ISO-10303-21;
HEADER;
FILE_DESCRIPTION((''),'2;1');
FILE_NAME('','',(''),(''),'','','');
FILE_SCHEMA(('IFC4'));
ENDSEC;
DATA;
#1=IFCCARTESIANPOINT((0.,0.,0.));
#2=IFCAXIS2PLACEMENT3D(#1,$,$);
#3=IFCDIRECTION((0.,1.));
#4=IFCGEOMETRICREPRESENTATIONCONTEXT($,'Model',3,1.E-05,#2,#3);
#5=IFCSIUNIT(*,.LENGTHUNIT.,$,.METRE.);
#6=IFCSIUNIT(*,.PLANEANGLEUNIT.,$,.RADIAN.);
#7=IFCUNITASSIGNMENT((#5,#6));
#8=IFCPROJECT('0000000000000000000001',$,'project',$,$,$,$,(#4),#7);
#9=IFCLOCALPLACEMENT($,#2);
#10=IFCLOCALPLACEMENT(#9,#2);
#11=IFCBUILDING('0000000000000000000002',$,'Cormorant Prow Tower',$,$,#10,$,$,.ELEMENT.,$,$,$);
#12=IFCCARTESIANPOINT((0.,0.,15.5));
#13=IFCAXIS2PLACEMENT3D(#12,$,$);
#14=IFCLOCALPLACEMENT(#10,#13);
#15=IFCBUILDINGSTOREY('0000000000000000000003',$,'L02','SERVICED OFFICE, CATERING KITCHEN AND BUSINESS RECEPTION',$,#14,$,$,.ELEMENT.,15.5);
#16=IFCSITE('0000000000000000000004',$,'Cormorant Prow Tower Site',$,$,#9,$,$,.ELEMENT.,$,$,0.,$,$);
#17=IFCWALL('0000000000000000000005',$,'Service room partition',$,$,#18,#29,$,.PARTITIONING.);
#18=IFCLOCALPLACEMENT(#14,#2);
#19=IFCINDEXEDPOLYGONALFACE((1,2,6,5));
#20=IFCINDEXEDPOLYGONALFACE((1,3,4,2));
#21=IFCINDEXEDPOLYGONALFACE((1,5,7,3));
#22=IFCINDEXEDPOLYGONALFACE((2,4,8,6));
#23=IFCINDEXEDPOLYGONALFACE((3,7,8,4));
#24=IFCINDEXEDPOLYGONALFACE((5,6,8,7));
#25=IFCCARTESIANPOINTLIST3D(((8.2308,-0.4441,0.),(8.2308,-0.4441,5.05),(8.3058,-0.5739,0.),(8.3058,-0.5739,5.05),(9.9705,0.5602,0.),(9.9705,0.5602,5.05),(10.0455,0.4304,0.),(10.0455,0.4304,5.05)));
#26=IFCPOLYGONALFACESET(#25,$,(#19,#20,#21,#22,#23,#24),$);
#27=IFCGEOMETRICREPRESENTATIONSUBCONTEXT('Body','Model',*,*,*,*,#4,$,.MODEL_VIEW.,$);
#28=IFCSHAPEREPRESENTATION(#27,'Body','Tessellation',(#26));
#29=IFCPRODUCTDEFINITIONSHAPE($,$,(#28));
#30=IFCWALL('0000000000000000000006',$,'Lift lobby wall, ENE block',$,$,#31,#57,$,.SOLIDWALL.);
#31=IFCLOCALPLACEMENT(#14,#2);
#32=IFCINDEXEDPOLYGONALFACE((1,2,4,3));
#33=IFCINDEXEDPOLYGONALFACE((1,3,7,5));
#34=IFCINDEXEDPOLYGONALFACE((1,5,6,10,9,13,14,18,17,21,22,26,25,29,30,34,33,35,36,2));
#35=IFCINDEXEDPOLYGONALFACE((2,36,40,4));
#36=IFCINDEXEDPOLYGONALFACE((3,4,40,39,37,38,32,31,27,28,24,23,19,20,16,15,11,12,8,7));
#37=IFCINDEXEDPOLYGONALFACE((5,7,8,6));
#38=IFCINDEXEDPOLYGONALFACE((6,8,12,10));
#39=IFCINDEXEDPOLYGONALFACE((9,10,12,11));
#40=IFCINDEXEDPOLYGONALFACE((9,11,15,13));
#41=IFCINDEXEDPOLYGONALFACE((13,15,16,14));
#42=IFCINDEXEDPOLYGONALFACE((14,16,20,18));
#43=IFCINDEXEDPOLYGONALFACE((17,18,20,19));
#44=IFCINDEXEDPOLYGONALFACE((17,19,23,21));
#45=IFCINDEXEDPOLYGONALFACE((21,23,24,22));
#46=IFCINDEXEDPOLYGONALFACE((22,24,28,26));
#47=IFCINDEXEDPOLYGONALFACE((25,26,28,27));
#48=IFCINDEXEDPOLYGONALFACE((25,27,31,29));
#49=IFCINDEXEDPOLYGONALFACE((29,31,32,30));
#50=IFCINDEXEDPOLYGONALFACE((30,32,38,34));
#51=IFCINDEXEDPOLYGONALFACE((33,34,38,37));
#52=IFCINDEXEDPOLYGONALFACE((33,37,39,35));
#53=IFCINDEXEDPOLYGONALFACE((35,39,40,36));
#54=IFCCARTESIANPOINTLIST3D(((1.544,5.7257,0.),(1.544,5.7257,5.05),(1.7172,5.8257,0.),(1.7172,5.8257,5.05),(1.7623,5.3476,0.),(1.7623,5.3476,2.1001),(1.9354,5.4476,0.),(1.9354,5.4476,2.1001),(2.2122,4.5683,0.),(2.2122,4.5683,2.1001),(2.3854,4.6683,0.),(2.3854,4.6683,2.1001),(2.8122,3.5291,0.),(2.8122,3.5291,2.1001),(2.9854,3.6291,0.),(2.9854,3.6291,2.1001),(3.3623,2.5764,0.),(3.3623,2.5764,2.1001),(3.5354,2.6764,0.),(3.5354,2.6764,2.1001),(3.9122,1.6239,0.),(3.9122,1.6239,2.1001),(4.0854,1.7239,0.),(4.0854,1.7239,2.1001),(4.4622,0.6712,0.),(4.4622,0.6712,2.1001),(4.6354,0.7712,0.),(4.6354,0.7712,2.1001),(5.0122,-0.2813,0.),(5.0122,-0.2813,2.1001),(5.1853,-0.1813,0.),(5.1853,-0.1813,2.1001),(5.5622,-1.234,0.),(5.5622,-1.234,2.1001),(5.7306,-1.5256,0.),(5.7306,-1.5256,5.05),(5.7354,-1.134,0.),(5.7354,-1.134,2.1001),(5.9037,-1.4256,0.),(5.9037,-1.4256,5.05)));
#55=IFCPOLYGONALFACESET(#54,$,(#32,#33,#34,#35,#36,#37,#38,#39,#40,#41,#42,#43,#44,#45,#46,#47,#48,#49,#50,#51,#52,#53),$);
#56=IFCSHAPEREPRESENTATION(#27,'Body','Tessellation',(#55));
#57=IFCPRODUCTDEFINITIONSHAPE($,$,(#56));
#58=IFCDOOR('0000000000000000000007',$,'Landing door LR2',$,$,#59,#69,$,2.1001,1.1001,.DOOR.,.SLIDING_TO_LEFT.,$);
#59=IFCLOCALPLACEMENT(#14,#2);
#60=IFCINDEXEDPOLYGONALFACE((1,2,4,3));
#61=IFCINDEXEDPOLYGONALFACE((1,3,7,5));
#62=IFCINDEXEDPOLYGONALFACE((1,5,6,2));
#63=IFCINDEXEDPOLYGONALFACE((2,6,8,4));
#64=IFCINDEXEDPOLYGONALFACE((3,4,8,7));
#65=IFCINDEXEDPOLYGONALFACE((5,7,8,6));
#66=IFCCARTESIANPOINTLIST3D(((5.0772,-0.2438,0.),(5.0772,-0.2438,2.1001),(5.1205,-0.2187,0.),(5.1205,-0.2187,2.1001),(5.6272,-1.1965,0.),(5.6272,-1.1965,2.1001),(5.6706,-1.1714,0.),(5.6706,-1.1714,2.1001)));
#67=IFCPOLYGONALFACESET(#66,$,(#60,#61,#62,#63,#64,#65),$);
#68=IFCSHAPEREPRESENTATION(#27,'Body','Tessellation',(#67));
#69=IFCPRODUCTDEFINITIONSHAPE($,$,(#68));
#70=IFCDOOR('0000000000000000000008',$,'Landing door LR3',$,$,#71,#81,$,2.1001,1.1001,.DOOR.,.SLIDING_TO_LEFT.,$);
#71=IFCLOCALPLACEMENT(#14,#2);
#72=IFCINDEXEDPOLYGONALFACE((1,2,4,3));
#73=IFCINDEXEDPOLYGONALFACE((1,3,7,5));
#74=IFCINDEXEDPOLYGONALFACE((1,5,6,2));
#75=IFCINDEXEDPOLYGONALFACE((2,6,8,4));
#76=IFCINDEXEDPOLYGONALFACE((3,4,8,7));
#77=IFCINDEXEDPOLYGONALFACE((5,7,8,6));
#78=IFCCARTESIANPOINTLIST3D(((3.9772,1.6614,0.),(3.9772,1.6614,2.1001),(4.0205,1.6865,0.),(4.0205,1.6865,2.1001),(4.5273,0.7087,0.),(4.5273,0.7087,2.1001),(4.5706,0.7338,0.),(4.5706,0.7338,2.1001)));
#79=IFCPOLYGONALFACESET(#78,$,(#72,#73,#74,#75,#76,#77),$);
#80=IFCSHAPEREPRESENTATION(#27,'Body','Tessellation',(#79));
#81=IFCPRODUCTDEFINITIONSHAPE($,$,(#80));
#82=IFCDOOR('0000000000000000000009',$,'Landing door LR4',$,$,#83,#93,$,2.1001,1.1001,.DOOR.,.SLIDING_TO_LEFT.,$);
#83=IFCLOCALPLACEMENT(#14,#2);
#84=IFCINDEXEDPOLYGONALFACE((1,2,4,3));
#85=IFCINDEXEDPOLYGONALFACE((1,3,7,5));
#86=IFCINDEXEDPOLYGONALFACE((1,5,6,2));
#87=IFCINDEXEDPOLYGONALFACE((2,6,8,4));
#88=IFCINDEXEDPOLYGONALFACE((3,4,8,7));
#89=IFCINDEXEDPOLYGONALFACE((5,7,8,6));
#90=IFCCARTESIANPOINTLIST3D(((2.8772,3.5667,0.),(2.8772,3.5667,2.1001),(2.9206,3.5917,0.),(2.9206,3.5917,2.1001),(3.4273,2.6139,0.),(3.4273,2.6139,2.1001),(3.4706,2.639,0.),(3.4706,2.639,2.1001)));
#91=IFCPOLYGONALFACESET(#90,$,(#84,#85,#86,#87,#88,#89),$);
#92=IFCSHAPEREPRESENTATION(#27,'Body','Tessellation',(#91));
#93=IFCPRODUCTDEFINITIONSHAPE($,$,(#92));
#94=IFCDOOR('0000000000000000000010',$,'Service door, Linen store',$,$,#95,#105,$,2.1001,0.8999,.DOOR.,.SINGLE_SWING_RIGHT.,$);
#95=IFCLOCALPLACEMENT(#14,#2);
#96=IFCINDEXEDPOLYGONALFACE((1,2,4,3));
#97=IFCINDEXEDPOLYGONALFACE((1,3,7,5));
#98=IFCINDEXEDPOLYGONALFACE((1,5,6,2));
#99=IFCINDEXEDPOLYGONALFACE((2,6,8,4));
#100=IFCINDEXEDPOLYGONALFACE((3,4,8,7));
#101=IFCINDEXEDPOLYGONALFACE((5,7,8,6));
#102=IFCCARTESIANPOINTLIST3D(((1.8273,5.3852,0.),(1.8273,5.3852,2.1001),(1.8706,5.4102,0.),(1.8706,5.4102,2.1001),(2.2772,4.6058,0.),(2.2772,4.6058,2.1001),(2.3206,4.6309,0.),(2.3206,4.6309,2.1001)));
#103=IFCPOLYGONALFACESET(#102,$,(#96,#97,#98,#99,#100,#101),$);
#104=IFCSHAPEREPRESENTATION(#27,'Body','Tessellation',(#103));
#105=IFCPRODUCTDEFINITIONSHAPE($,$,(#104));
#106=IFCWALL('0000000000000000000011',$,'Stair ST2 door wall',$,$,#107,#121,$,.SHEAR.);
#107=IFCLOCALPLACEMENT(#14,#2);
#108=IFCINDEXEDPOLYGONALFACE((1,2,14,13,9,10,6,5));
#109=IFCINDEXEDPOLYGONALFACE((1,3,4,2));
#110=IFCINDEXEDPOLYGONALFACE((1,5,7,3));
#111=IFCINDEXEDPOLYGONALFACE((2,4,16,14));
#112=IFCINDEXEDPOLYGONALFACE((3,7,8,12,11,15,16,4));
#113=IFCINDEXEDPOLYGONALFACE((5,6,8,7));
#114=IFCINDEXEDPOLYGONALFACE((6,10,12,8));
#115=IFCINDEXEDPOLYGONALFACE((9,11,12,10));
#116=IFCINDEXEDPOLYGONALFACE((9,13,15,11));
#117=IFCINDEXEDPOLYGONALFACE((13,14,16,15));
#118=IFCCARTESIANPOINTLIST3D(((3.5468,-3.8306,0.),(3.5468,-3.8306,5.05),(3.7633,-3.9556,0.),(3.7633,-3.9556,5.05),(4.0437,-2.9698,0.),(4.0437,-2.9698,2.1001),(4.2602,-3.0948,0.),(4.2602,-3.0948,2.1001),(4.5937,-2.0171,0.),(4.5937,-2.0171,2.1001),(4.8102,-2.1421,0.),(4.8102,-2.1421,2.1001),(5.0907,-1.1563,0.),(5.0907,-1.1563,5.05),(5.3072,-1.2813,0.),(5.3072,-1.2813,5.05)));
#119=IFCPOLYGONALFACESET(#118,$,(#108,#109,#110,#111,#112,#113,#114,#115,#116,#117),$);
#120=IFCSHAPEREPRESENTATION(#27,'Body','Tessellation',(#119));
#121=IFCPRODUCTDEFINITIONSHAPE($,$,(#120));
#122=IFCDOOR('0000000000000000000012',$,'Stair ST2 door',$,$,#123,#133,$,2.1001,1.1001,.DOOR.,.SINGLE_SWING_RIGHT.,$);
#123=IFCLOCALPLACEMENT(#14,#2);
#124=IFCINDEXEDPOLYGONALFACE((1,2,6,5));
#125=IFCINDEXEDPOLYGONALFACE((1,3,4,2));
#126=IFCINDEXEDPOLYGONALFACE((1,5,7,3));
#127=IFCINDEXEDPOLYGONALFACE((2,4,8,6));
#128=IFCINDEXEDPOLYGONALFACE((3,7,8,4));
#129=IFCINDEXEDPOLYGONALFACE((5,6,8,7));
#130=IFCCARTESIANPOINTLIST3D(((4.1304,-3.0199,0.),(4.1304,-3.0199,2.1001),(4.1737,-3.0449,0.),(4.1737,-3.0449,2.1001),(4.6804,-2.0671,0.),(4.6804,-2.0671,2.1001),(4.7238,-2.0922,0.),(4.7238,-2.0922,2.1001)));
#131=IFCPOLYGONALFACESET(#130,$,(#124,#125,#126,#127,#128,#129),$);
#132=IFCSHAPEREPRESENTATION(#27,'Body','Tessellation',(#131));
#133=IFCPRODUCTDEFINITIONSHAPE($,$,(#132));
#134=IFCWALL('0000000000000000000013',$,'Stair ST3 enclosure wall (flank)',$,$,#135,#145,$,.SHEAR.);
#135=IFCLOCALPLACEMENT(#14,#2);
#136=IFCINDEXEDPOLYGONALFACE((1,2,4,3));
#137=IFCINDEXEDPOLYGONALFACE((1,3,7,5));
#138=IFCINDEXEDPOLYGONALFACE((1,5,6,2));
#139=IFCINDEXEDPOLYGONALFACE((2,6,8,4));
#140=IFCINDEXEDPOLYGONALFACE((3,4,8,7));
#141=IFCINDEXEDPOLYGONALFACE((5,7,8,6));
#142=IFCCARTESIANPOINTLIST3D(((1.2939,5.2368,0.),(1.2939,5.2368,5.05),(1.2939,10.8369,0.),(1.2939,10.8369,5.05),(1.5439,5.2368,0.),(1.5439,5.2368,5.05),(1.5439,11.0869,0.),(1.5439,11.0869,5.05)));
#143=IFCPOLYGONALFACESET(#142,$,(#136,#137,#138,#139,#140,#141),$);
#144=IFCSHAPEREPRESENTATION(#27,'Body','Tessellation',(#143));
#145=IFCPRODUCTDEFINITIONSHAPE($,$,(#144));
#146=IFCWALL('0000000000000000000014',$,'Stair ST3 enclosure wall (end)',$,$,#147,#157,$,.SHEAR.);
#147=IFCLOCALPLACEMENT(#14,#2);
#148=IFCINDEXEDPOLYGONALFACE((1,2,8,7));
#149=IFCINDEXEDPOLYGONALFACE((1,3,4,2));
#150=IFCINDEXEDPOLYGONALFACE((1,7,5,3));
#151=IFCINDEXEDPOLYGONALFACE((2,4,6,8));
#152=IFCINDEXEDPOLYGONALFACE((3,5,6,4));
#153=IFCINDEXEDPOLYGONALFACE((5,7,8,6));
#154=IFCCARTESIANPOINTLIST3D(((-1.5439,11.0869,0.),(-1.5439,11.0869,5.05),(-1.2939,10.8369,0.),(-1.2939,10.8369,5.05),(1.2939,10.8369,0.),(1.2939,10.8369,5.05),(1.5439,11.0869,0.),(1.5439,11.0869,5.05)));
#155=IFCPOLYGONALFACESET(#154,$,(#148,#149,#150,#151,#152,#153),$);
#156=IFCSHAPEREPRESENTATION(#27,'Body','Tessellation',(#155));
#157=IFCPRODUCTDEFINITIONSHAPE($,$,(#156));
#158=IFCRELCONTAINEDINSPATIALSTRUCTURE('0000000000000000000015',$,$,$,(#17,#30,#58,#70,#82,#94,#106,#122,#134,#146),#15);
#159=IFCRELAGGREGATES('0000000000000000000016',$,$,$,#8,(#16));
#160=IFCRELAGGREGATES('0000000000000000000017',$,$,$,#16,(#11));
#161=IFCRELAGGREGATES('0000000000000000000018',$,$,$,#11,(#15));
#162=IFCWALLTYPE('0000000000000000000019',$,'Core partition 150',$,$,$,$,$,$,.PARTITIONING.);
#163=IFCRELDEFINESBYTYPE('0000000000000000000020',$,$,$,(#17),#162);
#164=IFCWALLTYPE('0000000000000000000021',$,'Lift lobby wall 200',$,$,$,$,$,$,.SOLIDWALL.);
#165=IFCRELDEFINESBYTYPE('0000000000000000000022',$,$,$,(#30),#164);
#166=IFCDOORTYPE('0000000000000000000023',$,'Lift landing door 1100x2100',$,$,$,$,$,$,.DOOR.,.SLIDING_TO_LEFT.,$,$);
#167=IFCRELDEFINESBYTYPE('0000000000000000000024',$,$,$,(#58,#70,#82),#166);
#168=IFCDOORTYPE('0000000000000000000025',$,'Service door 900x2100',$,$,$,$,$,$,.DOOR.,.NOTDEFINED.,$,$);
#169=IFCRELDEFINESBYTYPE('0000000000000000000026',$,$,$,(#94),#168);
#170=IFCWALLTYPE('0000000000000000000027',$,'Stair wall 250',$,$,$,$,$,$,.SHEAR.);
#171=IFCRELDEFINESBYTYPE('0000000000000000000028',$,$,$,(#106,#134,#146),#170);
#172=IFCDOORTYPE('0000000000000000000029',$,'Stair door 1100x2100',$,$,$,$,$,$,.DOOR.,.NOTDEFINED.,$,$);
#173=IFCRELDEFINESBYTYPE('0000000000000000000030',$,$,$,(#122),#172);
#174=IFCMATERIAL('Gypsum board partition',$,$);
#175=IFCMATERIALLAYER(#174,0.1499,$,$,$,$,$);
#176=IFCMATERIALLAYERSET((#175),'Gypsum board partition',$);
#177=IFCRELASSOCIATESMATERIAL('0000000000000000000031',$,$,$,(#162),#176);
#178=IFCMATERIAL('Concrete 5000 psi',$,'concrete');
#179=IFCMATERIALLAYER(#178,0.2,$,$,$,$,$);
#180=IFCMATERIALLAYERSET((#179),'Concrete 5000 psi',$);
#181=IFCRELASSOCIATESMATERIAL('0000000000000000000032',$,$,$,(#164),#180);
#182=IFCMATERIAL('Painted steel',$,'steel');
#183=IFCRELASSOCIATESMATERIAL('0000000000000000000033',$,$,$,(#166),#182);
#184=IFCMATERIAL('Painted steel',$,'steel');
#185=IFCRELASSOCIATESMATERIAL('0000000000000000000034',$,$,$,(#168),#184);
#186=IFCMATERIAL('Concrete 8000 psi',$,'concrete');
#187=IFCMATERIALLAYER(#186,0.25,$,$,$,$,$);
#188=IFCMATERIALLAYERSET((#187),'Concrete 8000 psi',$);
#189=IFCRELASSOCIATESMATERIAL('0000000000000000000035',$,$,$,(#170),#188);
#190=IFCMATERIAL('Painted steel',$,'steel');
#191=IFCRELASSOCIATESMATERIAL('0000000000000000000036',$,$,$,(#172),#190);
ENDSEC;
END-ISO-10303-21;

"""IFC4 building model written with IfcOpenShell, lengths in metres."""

from ifc_helpers import new_model, si_unit, direction, frame, frame_2d, origin, place, context, subcontext, project, spatial, polyline, rectangle, outline, extrude, material, layer, layer_set, type_object, element, fill, save


model = new_model("IFC4")

# Units and contexts
model_context = context("Model", 3, precision=1e-05, world=origin(), true_north=direction((0.0, 1.0)))
body_context = subcontext(model_context, "Body", "Model", "MODEL_VIEW")
ifc_project = project(units=[si_unit("LENGTHUNIT", "METRE"), si_unit("PLANEANGLEUNIT", "RADIAN")], contexts=[model_context])

# Site, building, storey
site_placement = place(None, origin())
site = spatial("IfcSite", under=ifc_project, at=site_placement, Name="Cormorant Prow Tower Site", CompositionType="ELEMENT", RefElevation=0.0)
building_placement = place(site_placement, origin())
building = spatial("IfcBuilding", under=site, at=building_placement, Name="Cormorant Prow Tower", CompositionType="ELEMENT")
storey_placement = place(building_placement, frame((0.0, 0.0, 15.5)))
storey = spatial("IfcBuildingStorey", under=building, at=storey_placement, Name="L02", Description="SERVICED OFFICE, CATERING KITCHEN AND BUSINESS RECEPTION", CompositionType="ELEMENT", Elevation=15.5)

# Wall
ifc_material_1 = material(Name="Gypsum board partition")
ifc_layer_1 = layer(ifc_material_1, 0.1499)
ifc_layer_set_1 = layer_set([ifc_layer_1], Name="Gypsum board partition")
wall_type_1 = type_object("IfcWallType", Name="Core partition 150", PredefinedType="PARTITIONING", material=ifc_layer_set_1)
wall_1_placement = place(storey_placement, frame((8.2683, -0.509, 0.0), z_axis=(0.0, 0.0, 1.0), x_axis=(0.866036, 0.499982, 0.0)))
element("IfcWall", 1, at=wall_1_placement, inside=storey, type_object=wall_type_1, Name="Service room partition", PredefinedType="PARTITIONING", context=body_context, shape_type="SweptSolid", body=[
    extrude(rectangle(XDim=2.0088, YDim=0.1499, at=frame_2d((1.0044, 0.0))), origin(), (0.0, 0.0, 1.0), 5.05),
])

# Wall, openings, doors
ifc_material_2 = material(Name="Concrete 5000 psi", Category="concrete")
ifc_layer_2 = layer(ifc_material_2, 0.2)
ifc_layer_set_2 = layer_set([ifc_layer_2], Name="Concrete 5000 psi")
wall_type_2 = type_object("IfcWallType", Name="Lift lobby wall 200", PredefinedType="SOLIDWALL", material=ifc_layer_set_2)
wall_2_placement = place(storey_placement, frame((5.8171, -1.4756, 0.0), z_axis=(0.0, 0.0, 1.0), x_axis=(-0.500003, 0.866024, 0.0)))
wall_2 = element("IfcWall", 2, at=wall_2_placement, inside=storey, type_object=wall_type_2, Name="Lift lobby wall, ENE block", PredefinedType="SOLIDWALL", context=body_context, shape_type="SweptSolid", body=[
    extrude(rectangle(XDim=8.373, YDim=0.2, at=frame_2d((4.1865, 0.0))), origin(), (0.0, 0.0, 1.0), 5.05),
])
opening_1_placement = place(wall_2_placement, frame((0.3367, 0.0, 0.0)))
opening_1 = element("IfcOpeningElement", 3, at=opening_1_placement, cuts=wall_2, PredefinedType="OPENING", context=body_context, shape_type="SweptSolid", body=[
    extrude(rectangle(XDim=1.1001, YDim=2.1001, at=frame_2d((0.55, 1.05))), frame((0.0, 0.1099, 0.0), z_axis=(0.0, -1.0, 0.0), x_axis=(1.0, 0.0, 0.0)), (0.0, 0.0, 1.0), 0.22),
])
opening_2_placement = place(wall_2_placement, frame((2.5366, 0.0, 0.0)))
opening_2 = element("IfcOpeningElement", 4, at=opening_2_placement, cuts=wall_2, PredefinedType="OPENING", context=body_context, shape_type="SweptSolid", body=[
    extrude(rectangle(XDim=1.1001, YDim=2.1001, at=frame_2d((0.55, 1.05))), frame((0.0, 0.1099, 0.0), z_axis=(0.0, -1.0, 0.0), x_axis=(1.0, 0.0, 0.0)), (0.0, 0.0, 1.0), 0.22),
])
opening_3_placement = place(wall_2_placement, frame((4.7366, 0.0, 0.0)))
opening_3 = element("IfcOpeningElement", 5, at=opening_3_placement, cuts=wall_2, PredefinedType="OPENING", context=body_context, shape_type="SweptSolid", body=[
    extrude(rectangle(XDim=1.1001, YDim=2.1001, at=frame_2d((0.55, 1.05))), frame((0.0, 0.1099, 0.0), z_axis=(0.0, -1.0, 0.0), x_axis=(1.0, 0.0, 0.0)), (0.0, 0.0, 1.0), 0.22),
])
opening_4_placement = place(wall_2_placement, frame((7.0366, 0.0, 0.0)))
opening_4 = element("IfcOpeningElement", 6, at=opening_4_placement, cuts=wall_2, PredefinedType="OPENING", context=body_context, shape_type="SweptSolid", body=[
    extrude(rectangle(XDim=0.8999, YDim=2.1001, at=frame_2d((0.45, 1.05))), frame((0.0, 0.1099, 0.0), z_axis=(0.0, -1.0, 0.0), x_axis=(1.0, 0.0, 0.0)), (0.0, 0.0, 1.0), 0.22),
])
ifc_material_3 = material(Name="Painted steel", Category="steel")
door_type_1 = type_object("IfcDoorType", Name="Lift landing door 1100x2100", OperationType="SLIDING_TO_LEFT", PredefinedType="DOOR", material=ifc_material_3)
door_1_placement = place(opening_1_placement, origin())
door_1 = element("IfcDoor", 7, at=door_1_placement, inside=storey, type_object=door_type_1, Name="Landing door LR2", OperationType="SLIDING_TO_LEFT", OverallHeight=2.1001, OverallWidth=1.1001, PredefinedType="DOOR", context=body_context, shape_type="SweptSolid", body=[
    extrude(rectangle(XDim=1.1001, YDim=2.1001, at=frame_2d((0.55, 1.05))), frame((0.0, 0.0249, 0.0), z_axis=(0.0, -1.0, 0.0), x_axis=(1.0, 0.0, 0.0)), (0.0, 0.0, 1.0), 0.05),
])
fill(opening_1, door_1)
door_2_placement = place(opening_2_placement, origin())
door_2 = element("IfcDoor", 8, at=door_2_placement, inside=storey, type_object=door_type_1, Name="Landing door LR3", OperationType="SLIDING_TO_LEFT", OverallHeight=2.1001, OverallWidth=1.1001, PredefinedType="DOOR", context=body_context, shape_type="SweptSolid", body=[
    extrude(rectangle(XDim=1.1001, YDim=2.1001, at=frame_2d((0.55, 1.05))), frame((0.0, 0.0249, 0.0), z_axis=(0.0, -1.0, 0.0), x_axis=(1.0, 0.0, 0.0)), (0.0, 0.0, 1.0), 0.05),
])
fill(opening_2, door_2)
door_3_placement = place(opening_3_placement, origin())
door_3 = element("IfcDoor", 9, at=door_3_placement, inside=storey, type_object=door_type_1, Name="Landing door LR4", OperationType="SLIDING_TO_LEFT", OverallHeight=2.1001, OverallWidth=1.1001, PredefinedType="DOOR", context=body_context, shape_type="SweptSolid", body=[
    extrude(rectangle(XDim=1.1001, YDim=2.1001, at=frame_2d((0.55, 1.05))), frame((0.0, 0.0249, 0.0), z_axis=(0.0, -1.0, 0.0), x_axis=(1.0, 0.0, 0.0)), (0.0, 0.0, 1.0), 0.05),
])
fill(opening_3, door_3)
ifc_material_4 = material(Name="Painted steel", Category="steel")
door_type_2 = type_object("IfcDoorType", Name="Service door 900x2100", OperationType="NOTDEFINED", PredefinedType="DOOR", material=ifc_material_4)
door_4_placement = place(opening_4_placement, origin())
door_4 = element("IfcDoor", 10, at=door_4_placement, inside=storey, type_object=door_type_2, Name="Service door, Linen store", OperationType="SINGLE_SWING_RIGHT", OverallHeight=2.1001, OverallWidth=0.8999, PredefinedType="DOOR", context=body_context, shape_type="SweptSolid", body=[
    extrude(rectangle(XDim=0.8999, YDim=2.1001, at=frame_2d((0.45, 1.05))), frame((0.0, 0.0249, 0.0), z_axis=(0.0, -1.0, 0.0), x_axis=(1.0, 0.0, 0.0)), (0.0, 0.0, 1.0), 0.05),
])
fill(opening_4, door_4)

# Wall, opening, door
ifc_material_5 = material(Name="Concrete 8000 psi", Category="concrete")
ifc_layer_3 = layer(ifc_material_5, 0.25)
ifc_layer_set_3 = layer_set([ifc_layer_3], Name="Concrete 8000 psi")
wall_type_3 = type_object("IfcWallType", Name="Stair wall 250", PredefinedType="SHEAR", material=ifc_layer_set_3)
wall_3_placement = place(storey_placement, frame((3.655, -3.8931, 0.0), z_axis=(0.0, 0.0, 1.0), x_axis=(0.499983, 0.866035, 0.0)))
wall_3 = element("IfcWall", 11, at=wall_3_placement, inside=storey, type_object=wall_type_3, Name="Stair ST2 door wall", PredefinedType="SHEAR", context=body_context, shape_type="SweptSolid", body=[
    extrude(rectangle(XDim=3.0879, YDim=0.25, at=frame_2d((1.5439, 0.0))), origin(), (0.0, 0.0, 1.0), 5.05),
])
opening_5_placement = place(wall_3_placement, frame((0.9939, 0.0, 0.0)))
opening_5 = element("IfcOpeningElement", 12, at=opening_5_placement, cuts=wall_3, PredefinedType="OPENING", context=body_context, shape_type="SweptSolid", body=[
    extrude(rectangle(XDim=1.1001, YDim=2.1001, at=frame_2d((0.55, 1.05))), frame((0.0, 0.135, 0.0), z_axis=(0.0, -1.0, 0.0), x_axis=(1.0, 0.0, 0.0)), (0.0, 0.0, 1.0), 0.27),
])
ifc_material_6 = material(Name="Painted steel", Category="steel")
door_type_3 = type_object("IfcDoorType", Name="Stair door 1100x2100", OperationType="NOTDEFINED", PredefinedType="DOOR", material=ifc_material_6)
door_5_placement = place(opening_5_placement, origin())
door_5 = element("IfcDoor", 13, at=door_5_placement, inside=storey, type_object=door_type_3, Name="Stair ST2 door", OperationType="SINGLE_SWING_RIGHT", OverallHeight=2.1001, OverallWidth=1.1001, PredefinedType="DOOR", context=body_context, shape_type="SweptSolid", body=[
    extrude(rectangle(XDim=1.1001, YDim=2.1001, at=frame_2d((0.55, 1.05))), frame((0.0, 0.0249, 0.0), z_axis=(0.0, -1.0, 0.0), x_axis=(1.0, 0.0, 0.0)), (0.0, 0.0, 1.0), 0.05),
])
fill(opening_5, door_5)

# Walls
wall_4_placement = place(storey_placement, origin())
element("IfcWall", 14, at=wall_4_placement, inside=storey, type_object=wall_type_3, Name="Stair ST3 enclosure wall (flank)", PredefinedType="SHEAR", context=body_context, shape_type="SweptSolid", body=[
    extrude(outline(polyline([(1.5439, 5.2368), (1.5439, 11.0869), (1.2939, 10.8369), (1.2939, 5.2368), (1.5439, 5.2368)])), origin(), (0.0, 0.0, 1.0), 5.05),
])
wall_5_placement = place(storey_placement, origin())
element("IfcWall", 15, at=wall_5_placement, inside=storey, type_object=wall_type_3, Name="Stair ST3 enclosure wall (end)", PredefinedType="SHEAR", context=body_context, shape_type="SweptSolid", body=[
    extrude(outline(polyline([(1.5439, 11.0869), (-1.5439, 11.0869), (-1.2939, 10.8369), (1.2939, 10.8369), (1.5439, 11.0869)])), origin(), (0.0, 0.0, 1.0), 5.05),
])

save(model, "model.ifc")
